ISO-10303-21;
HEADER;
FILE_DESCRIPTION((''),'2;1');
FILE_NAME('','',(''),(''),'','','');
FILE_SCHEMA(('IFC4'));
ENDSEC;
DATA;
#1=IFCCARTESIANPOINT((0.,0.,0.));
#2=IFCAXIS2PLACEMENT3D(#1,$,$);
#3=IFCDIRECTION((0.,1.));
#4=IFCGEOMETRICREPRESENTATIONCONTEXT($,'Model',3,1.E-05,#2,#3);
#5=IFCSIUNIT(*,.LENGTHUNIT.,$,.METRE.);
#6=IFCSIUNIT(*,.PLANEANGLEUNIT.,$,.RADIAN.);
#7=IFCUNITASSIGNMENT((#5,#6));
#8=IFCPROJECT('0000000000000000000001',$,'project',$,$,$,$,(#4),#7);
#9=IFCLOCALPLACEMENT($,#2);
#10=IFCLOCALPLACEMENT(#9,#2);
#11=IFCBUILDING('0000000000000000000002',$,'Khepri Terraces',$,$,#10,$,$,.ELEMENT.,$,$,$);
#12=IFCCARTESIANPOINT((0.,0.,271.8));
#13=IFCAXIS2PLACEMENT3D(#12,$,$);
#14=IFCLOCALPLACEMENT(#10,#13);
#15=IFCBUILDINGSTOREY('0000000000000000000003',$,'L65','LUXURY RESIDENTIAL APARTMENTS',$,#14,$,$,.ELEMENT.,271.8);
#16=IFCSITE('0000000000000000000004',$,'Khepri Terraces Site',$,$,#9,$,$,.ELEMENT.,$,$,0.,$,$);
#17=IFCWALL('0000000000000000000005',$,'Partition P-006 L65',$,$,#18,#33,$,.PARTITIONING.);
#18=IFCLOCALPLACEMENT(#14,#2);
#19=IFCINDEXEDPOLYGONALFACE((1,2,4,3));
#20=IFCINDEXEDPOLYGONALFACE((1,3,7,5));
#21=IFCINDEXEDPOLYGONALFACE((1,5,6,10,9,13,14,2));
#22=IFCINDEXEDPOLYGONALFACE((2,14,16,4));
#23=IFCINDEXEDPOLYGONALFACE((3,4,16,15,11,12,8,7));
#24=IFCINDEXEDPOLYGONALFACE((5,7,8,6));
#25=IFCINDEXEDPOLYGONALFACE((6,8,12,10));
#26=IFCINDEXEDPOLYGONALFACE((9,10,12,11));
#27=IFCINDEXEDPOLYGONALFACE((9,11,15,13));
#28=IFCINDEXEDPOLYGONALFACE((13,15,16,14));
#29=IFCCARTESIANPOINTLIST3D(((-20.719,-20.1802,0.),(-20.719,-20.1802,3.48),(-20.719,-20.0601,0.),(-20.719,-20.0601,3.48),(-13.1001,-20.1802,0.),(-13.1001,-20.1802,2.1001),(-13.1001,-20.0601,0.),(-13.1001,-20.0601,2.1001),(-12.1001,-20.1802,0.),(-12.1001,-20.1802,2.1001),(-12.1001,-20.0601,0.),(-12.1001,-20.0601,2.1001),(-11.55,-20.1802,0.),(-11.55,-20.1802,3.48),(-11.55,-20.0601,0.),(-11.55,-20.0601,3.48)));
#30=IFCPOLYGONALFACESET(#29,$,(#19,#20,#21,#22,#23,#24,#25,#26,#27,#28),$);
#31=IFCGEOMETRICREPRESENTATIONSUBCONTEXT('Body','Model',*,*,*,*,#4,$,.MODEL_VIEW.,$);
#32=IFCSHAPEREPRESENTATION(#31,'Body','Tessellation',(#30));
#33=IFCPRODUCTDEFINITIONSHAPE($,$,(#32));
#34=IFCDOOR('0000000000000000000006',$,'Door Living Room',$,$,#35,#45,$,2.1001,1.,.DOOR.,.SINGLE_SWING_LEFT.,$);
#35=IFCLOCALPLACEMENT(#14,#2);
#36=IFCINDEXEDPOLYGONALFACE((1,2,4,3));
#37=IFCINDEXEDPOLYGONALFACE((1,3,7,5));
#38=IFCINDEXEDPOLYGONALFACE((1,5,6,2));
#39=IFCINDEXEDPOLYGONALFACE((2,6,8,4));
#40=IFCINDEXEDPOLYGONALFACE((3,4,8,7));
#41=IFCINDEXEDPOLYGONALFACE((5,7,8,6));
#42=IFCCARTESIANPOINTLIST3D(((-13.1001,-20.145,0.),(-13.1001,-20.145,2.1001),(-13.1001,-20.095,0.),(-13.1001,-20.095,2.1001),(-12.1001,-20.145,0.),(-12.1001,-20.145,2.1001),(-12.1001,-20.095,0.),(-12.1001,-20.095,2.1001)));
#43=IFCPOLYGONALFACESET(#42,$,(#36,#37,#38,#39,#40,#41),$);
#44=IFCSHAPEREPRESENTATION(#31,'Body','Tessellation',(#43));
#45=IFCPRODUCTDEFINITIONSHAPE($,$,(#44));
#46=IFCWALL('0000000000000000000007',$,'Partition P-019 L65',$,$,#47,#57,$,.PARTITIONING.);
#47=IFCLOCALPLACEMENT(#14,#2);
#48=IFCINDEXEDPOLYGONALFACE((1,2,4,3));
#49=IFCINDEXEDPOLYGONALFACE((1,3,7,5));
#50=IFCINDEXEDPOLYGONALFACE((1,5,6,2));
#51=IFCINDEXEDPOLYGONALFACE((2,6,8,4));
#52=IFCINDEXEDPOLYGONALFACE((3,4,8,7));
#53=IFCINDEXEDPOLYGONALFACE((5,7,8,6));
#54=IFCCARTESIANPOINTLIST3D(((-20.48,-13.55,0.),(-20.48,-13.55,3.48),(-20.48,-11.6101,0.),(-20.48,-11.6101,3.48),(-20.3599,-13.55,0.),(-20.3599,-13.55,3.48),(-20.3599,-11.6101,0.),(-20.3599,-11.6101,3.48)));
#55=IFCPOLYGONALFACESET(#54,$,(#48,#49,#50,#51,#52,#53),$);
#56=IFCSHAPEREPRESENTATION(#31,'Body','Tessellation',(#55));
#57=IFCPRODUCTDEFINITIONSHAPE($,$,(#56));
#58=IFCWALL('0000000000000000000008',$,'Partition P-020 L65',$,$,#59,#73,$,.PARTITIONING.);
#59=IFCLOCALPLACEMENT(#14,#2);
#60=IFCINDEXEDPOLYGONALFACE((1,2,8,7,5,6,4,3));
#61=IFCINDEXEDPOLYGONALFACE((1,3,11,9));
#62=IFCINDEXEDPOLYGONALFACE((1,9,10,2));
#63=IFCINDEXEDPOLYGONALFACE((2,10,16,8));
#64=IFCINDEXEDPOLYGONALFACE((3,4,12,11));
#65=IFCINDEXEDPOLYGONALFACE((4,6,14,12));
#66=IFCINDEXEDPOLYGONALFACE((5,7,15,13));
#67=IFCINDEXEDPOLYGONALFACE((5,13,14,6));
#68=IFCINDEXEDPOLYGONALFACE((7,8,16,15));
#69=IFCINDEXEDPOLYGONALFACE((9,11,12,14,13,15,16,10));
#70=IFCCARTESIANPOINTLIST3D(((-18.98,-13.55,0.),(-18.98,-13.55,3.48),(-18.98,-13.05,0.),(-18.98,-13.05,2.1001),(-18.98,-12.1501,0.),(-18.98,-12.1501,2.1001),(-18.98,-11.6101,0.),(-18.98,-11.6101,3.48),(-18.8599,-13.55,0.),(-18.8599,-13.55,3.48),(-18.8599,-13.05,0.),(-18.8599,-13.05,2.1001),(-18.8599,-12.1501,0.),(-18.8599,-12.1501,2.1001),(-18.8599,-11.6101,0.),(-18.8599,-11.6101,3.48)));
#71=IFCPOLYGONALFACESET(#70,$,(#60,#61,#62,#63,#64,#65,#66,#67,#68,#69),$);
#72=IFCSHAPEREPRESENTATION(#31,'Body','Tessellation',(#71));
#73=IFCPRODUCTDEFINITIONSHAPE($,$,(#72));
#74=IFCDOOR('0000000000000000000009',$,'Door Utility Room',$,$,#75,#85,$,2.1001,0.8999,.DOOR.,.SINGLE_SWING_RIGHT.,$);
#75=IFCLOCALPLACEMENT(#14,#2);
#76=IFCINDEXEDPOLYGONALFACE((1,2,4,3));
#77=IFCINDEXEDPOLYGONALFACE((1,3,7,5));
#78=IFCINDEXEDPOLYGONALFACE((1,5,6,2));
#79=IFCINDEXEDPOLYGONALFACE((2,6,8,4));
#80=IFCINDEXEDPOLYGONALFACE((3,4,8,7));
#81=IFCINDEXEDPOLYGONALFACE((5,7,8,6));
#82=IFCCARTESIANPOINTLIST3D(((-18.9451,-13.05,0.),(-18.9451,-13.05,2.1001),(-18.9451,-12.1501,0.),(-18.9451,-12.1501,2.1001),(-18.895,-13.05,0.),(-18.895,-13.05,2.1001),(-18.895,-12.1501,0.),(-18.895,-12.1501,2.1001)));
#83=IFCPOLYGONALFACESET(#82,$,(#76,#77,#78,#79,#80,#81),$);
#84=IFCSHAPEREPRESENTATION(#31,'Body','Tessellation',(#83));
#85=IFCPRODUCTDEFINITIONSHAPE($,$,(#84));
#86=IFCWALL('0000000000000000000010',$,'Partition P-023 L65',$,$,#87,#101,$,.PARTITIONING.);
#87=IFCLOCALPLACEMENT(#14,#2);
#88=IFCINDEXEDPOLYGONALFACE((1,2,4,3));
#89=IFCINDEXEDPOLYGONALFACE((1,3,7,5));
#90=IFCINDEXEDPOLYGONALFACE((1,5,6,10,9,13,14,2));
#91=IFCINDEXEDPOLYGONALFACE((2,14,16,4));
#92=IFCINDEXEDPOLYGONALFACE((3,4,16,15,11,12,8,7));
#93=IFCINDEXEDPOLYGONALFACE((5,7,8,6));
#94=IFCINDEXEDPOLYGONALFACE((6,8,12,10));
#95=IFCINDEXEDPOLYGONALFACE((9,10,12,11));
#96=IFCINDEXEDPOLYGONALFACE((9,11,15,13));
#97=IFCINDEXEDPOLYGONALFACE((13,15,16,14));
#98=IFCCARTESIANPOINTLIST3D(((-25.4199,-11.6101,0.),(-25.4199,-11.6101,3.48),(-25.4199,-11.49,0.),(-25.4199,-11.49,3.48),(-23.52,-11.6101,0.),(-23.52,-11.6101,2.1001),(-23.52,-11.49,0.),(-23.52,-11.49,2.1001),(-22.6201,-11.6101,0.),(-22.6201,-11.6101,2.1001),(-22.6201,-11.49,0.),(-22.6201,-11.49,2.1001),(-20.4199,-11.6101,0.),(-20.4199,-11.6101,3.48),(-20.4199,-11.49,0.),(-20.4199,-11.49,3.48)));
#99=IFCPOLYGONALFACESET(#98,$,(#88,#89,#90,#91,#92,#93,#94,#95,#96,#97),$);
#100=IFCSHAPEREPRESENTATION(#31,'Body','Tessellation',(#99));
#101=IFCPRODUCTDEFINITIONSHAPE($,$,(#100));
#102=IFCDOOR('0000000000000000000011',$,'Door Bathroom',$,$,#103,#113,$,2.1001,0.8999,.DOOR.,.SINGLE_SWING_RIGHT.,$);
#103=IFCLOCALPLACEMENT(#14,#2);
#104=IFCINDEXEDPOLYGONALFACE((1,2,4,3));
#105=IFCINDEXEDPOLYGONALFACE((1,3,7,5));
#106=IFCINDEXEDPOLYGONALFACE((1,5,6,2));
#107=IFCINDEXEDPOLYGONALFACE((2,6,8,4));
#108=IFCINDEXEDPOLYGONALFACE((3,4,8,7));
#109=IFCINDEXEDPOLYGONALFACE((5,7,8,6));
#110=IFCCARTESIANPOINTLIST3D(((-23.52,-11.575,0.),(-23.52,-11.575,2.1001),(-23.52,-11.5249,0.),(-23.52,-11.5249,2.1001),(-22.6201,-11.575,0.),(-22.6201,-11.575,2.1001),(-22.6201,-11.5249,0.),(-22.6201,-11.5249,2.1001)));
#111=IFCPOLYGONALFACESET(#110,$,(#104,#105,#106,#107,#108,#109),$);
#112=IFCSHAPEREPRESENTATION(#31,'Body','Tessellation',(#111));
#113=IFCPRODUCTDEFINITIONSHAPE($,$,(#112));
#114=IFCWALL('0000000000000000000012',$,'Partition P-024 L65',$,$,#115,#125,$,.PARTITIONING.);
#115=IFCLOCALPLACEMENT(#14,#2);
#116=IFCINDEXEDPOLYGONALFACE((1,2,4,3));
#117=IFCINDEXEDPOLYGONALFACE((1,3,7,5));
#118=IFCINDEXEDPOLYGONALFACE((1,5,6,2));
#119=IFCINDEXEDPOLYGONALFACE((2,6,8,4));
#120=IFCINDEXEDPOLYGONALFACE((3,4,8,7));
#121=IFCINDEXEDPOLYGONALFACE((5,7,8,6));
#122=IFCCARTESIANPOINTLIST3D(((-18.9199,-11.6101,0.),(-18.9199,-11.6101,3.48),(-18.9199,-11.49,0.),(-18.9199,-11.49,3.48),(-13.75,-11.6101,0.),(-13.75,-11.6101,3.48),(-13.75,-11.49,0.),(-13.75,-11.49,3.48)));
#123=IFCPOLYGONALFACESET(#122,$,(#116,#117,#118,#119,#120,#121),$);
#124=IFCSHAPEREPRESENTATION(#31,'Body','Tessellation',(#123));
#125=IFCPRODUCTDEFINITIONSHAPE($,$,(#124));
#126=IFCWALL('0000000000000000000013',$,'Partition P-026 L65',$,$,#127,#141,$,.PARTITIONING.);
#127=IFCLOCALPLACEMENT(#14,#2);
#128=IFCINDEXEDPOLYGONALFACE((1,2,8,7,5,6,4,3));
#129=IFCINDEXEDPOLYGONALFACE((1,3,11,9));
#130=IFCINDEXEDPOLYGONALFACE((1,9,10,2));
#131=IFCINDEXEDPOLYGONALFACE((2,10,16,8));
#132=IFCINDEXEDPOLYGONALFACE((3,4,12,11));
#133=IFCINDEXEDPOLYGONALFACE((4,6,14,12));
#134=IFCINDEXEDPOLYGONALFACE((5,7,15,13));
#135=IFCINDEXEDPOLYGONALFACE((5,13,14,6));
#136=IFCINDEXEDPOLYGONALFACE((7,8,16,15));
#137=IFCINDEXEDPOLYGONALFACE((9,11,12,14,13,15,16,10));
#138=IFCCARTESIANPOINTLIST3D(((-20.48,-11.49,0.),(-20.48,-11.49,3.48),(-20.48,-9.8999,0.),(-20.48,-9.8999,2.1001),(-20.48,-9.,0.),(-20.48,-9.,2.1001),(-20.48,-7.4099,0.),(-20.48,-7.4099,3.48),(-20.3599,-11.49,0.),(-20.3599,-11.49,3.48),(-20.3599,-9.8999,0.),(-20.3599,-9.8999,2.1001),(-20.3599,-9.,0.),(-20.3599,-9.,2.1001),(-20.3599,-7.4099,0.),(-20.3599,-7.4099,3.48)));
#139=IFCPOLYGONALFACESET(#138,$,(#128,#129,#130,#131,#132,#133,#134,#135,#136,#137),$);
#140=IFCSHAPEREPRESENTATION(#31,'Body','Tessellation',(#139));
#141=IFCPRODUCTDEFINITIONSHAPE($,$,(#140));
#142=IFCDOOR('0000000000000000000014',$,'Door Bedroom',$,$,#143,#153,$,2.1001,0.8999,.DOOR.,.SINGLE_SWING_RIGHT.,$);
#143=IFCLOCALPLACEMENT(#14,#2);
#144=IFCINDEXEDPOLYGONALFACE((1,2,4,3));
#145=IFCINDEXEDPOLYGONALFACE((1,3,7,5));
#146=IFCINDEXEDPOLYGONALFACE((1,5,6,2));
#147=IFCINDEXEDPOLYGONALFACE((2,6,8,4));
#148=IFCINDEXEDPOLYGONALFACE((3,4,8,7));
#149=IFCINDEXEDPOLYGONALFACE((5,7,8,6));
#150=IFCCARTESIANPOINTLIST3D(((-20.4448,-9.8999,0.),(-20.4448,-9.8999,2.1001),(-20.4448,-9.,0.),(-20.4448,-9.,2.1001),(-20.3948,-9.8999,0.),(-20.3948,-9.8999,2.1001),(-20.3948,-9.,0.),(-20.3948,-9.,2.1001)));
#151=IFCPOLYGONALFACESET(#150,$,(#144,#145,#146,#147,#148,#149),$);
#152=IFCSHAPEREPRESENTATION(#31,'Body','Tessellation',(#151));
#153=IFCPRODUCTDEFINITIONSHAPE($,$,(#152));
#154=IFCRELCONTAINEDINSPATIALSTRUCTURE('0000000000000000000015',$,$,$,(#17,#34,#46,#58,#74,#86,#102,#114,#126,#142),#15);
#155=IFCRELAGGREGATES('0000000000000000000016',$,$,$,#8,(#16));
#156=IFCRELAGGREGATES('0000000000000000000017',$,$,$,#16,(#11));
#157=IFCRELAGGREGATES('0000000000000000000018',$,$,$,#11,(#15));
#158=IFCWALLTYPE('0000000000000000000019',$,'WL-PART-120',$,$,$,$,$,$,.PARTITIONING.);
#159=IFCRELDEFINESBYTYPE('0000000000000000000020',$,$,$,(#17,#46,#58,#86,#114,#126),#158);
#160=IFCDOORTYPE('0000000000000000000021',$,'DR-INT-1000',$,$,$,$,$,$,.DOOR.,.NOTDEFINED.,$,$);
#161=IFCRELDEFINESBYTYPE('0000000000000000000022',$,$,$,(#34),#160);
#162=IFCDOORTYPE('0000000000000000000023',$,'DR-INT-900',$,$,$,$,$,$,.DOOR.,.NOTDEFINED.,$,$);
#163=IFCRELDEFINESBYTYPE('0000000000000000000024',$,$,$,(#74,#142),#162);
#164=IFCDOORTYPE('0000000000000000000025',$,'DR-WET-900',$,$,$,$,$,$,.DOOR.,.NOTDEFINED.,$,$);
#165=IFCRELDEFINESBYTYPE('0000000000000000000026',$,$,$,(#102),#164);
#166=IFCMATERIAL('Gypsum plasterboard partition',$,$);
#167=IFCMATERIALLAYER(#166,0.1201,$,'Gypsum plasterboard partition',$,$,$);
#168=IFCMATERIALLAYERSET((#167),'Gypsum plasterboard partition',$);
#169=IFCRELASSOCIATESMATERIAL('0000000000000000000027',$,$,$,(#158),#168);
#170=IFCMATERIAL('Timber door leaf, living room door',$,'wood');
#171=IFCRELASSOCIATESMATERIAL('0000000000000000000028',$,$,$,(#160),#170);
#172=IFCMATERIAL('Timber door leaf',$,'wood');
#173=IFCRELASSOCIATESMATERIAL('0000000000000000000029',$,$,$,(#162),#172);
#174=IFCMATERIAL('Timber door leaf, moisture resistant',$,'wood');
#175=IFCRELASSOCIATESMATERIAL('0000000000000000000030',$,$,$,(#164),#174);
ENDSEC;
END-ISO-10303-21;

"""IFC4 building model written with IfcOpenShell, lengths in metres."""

from ifc_helpers import new_model, si_unit, direction, frame, frame_2d, origin, place, context, subcontext, project, spatial, rectangle, extrude, material, layer, layer_set, type_object, element, fill, save


model = new_model("IFC4")

# Units and contexts
model_context = context("Model", 3, precision=1e-05, world=origin(), true_north=direction((0.0, 1.0)))
body_context = subcontext(model_context, "Body", "Model", "MODEL_VIEW")
ifc_project = project(units=[si_unit("LENGTHUNIT", "METRE"), si_unit("PLANEANGLEUNIT", "RADIAN")], contexts=[model_context])

# Site, building, storey
site_placement = place(None, origin())
site = spatial("IfcSite", under=ifc_project, at=site_placement, Name="Khepri Terraces Site", CompositionType="ELEMENT", RefElevation=0.0)
building_placement = place(site_placement, origin())
building = spatial("IfcBuilding", under=site, at=building_placement, Name="Khepri Terraces", CompositionType="ELEMENT")
storey_placement = place(building_placement, frame((0.0, 0.0, 271.8)))
storey = spatial("IfcBuildingStorey", under=building, at=storey_placement, Name="L65", Description="LUXURY RESIDENTIAL APARTMENTS", CompositionType="ELEMENT", Elevation=271.8)

# Shared definitions
ifc_material_1 = material(Name="Gypsum plasterboard partition")
ifc_layer_1 = layer(ifc_material_1, 0.1201, Name="Gypsum plasterboard partition")
ifc_layer_set_1 = layer_set([ifc_layer_1], Name="Gypsum plasterboard partition")
wall_type_1 = type_object("IfcWallType", Name="WL-PART-120", PredefinedType="PARTITIONING", material=ifc_layer_set_1)

# Wall, opening, door
wall_1_placement = place(storey_placement, frame((-20.719, -20.1201, 0.0), z_axis=(0.0, 0.0, 1.0), x_axis=(1.0, 0.0, 0.0)))
wall_1 = element("IfcWall", 1, at=wall_1_placement, inside=storey, type_object=wall_type_1, Name="Partition P-006 L65", PredefinedType="PARTITIONING", context=body_context, shape_type="SweptSolid", body=[
    extrude(rectangle(XDim=9.1689, YDim=0.1201, at=frame_2d((4.5845, 0.0))), origin(), (0.0, 0.0, 1.0), 3.48),
])
opening_1_placement = place(wall_1_placement, frame((7.6189, 0.0, 0.0)))
opening_1 = element("IfcOpeningElement", 2, at=opening_1_placement, cuts=wall_1, PredefinedType="OPENING", context=body_context, shape_type="SweptSolid", body=[
    extrude(rectangle(XDim=1.0, YDim=2.1001, at=frame_2d((0.5, 1.05))), frame((0.0, 0.0701, 0.0), z_axis=(0.0, -1.0, 0.0), x_axis=(1.0, 0.0, 0.0)), (0.0, 0.0, 1.0), 0.1401),
])
ifc_material_2 = material(Name="Timber door leaf, living room door", Category="wood")
door_type_1 = type_object("IfcDoorType", Name="DR-INT-1000", OperationType="NOTDEFINED", PredefinedType="DOOR", material=ifc_material_2)
door_1_placement = place(opening_1_placement, frame((1.0, 0.0, 0.0), z_axis=(0.0, 0.0, 1.0), x_axis=(-1.0, 0.0, 0.0)))
door_1 = element("IfcDoor", 3, at=door_1_placement, inside=storey, type_object=door_type_1, Name="Door Living Room", OperationType="SINGLE_SWING_LEFT", OverallHeight=2.1001, OverallWidth=1.0, PredefinedType="DOOR", context=body_context, shape_type="SweptSolid", body=[
    extrude(rectangle(XDim=1.0, YDim=2.1001, at=frame_2d((0.5, 1.05))), frame((0.0, 0.0249, 0.0), z_axis=(0.0, -1.0, 0.0), x_axis=(1.0, 0.0, 0.0)), (0.0, 0.0, 1.0), 0.05),
])
fill(opening_1, door_1)

# Wall
wall_2_placement = place(storey_placement, frame((-20.4199, -13.55, 0.0), z_axis=(0.0, 0.0, 1.0), x_axis=(0.0, 1.0, 0.0)))
element("IfcWall", 4, at=wall_2_placement, inside=storey, type_object=wall_type_1, Name="Partition P-019 L65", PredefinedType="PARTITIONING", context=body_context, shape_type="SweptSolid", body=[
    extrude(rectangle(XDim=1.9399, YDim=0.1201, at=frame_2d((0.97, 0.0))), origin(), (0.0, 0.0, 1.0), 3.48),
])

# Walls, openings, doors
wall_3_placement = place(storey_placement, frame((-18.9199, -13.55, 0.0), z_axis=(0.0, 0.0, 1.0), x_axis=(0.0, 1.0, 0.0)))
wall_3 = element("IfcWall", 5, at=wall_3_placement, inside=storey, type_object=wall_type_1, Name="Partition P-020 L65", PredefinedType="PARTITIONING", context=body_context, shape_type="SweptSolid", body=[
    extrude(rectangle(XDim=1.9399, YDim=0.1201, at=frame_2d((0.97, 0.0))), origin(), (0.0, 0.0, 1.0), 3.48),
])
opening_2_placement = place(wall_3_placement, frame((0.5, 0.0, 0.0)))
opening_2 = element("IfcOpeningElement", 6, at=opening_2_placement, cuts=wall_3, PredefinedType="OPENING", context=body_context, shape_type="SweptSolid", body=[
    extrude(rectangle(XDim=0.8999, YDim=2.1001, at=frame_2d((0.45, 1.05))), frame((0.0, 0.0701, 0.0), z_axis=(0.0, -1.0, 0.0), x_axis=(1.0, 0.0, 0.0)), (0.0, 0.0, 1.0), 0.1401),
])
ifc_material_3 = material(Name="Timber door leaf", Category="wood")
door_type_2 = type_object("IfcDoorType", Name="DR-INT-900", OperationType="NOTDEFINED", PredefinedType="DOOR", material=ifc_material_3)
door_2_placement = place(opening_2_placement, frame((0.8999, 0.0, 0.0), z_axis=(0.0, 0.0, 1.0), x_axis=(-1.0, 0.0, 0.0)))
door_2 = element("IfcDoor", 7, at=door_2_placement, inside=storey, type_object=door_type_2, Name="Door Utility Room", OperationType="SINGLE_SWING_RIGHT", OverallHeight=2.1001, OverallWidth=0.8999, PredefinedType="DOOR", context=body_context, shape_type="SweptSolid", body=[
    extrude(rectangle(XDim=0.8999, YDim=2.1001, at=frame_2d((0.45, 1.05))), frame((0.0, 0.0249, 0.0), z_axis=(0.0, -1.0, 0.0), x_axis=(1.0, 0.0, 0.0)), (0.0, 0.0, 1.0), 0.05),
])
fill(opening_2, door_2)
wall_4_placement = place(storey_placement, frame((-25.4199, -11.55, 0.0), z_axis=(0.0, 0.0, 1.0), x_axis=(1.0, 0.0, 0.0)))
wall_4 = element("IfcWall", 8, at=wall_4_placement, inside=storey, type_object=wall_type_1, Name="Partition P-023 L65", PredefinedType="PARTITIONING", context=body_context, shape_type="SweptSolid", body=[
    extrude(rectangle(XDim=5.0, YDim=0.1201, at=frame_2d((2.5, 0.0))), origin(), (0.0, 0.0, 1.0), 3.48),
])
opening_3_placement = place(wall_4_placement, frame((1.8999, 0.0, 0.0)))
opening_3 = element("IfcOpeningElement", 9, at=opening_3_placement, cuts=wall_4, PredefinedType="OPENING", context=body_context, shape_type="SweptSolid", body=[
    extrude(rectangle(XDim=0.8999, YDim=2.1001, at=frame_2d((0.45, 1.05))), frame((0.0, 0.0701, 0.0), z_axis=(0.0, -1.0, 0.0), x_axis=(1.0, 0.0, 0.0)), (0.0, 0.0, 1.0), 0.1401),
])
ifc_material_4 = material(Name="Timber door leaf, moisture resistant", Category="wood")
door_type_3 = type_object("IfcDoorType", Name="DR-WET-900", OperationType="NOTDEFINED", PredefinedType="DOOR", material=ifc_material_4)
door_3_placement = place(opening_3_placement, frame((0.8999, 0.0, 0.0), z_axis=(0.0, 0.0, 1.0), x_axis=(-1.0, 0.0, 0.0)))
door_3 = element("IfcDoor", 10, at=door_3_placement, inside=storey, type_object=door_type_3, Name="Door Bathroom", OperationType="SINGLE_SWING_RIGHT", OverallHeight=2.1001, OverallWidth=0.8999, PredefinedType="DOOR", context=body_context, shape_type="SweptSolid", body=[
    extrude(rectangle(XDim=0.8999, YDim=2.1001, at=frame_2d((0.45, 1.05))), frame((0.0, 0.0249, 0.0), z_axis=(0.0, -1.0, 0.0), x_axis=(1.0, 0.0, 0.0)), (0.0, 0.0, 1.0), 0.05),
])
fill(opening_3, door_3)

# Wall
wall_5_placement = place(storey_placement, frame((-18.9199, -11.55, 0.0), z_axis=(0.0, 0.0, 1.0), x_axis=(1.0, 0.0, 0.0)))
element("IfcWall", 11, at=wall_5_placement, inside=storey, type_object=wall_type_1, Name="Partition P-024 L65", PredefinedType="PARTITIONING", context=body_context, shape_type="SweptSolid", body=[
    extrude(rectangle(XDim=5.1699, YDim=0.1201, at=frame_2d((2.585, 0.0))), origin(), (0.0, 0.0, 1.0), 3.48),
])

# Wall, opening, door
wall_6_placement = place(storey_placement, frame((-20.4199, -11.49, 0.0), z_axis=(0.0, 0.0, 1.0), x_axis=(0.0, 1.0, 0.0)))
wall_6 = element("IfcWall", 12, at=wall_6_placement, inside=storey, type_object=wall_type_1, Name="Partition P-026 L65", PredefinedType="PARTITIONING", context=body_context, shape_type="SweptSolid", body=[
    extrude(rectangle(XDim=4.0801, YDim=0.1201, at=frame_2d((2.04, 0.0))), origin(), (0.0, 0.0, 1.0), 3.48),
])
opening_4_placement = place(wall_6_placement, frame((1.5901, 0.0, 0.0)))
opening_4 = element("IfcOpeningElement", 13, at=opening_4_placement, cuts=wall_6, PredefinedType="OPENING", context=body_context, shape_type="SweptSolid", body=[
    extrude(rectangle(XDim=0.8999, YDim=2.1001, at=frame_2d((0.45, 1.05))), frame((0.0, 0.0701, 0.0), z_axis=(0.0, -1.0, 0.0), x_axis=(1.0, 0.0, 0.0)), (0.0, 0.0, 1.0), 0.1401),
])
door_4_placement = place(opening_4_placement, origin())
door_4 = element("IfcDoor", 14, at=door_4_placement, inside=storey, type_object=door_type_2, Name="Door Bedroom", OperationType="SINGLE_SWING_RIGHT", OverallHeight=2.1001, OverallWidth=0.8999, PredefinedType="DOOR", context=body_context, shape_type="SweptSolid", body=[
    extrude(rectangle(XDim=0.8999, YDim=2.1001, at=frame_2d((0.45, 1.05))), frame((0.0, 0.0249, 0.0), z_axis=(0.0, -1.0, 0.0), x_axis=(1.0, 0.0, 0.0)), (0.0, 0.0, 1.0), 0.05),
])
fill(opening_4, door_4)

save(model, "model.ifc")
